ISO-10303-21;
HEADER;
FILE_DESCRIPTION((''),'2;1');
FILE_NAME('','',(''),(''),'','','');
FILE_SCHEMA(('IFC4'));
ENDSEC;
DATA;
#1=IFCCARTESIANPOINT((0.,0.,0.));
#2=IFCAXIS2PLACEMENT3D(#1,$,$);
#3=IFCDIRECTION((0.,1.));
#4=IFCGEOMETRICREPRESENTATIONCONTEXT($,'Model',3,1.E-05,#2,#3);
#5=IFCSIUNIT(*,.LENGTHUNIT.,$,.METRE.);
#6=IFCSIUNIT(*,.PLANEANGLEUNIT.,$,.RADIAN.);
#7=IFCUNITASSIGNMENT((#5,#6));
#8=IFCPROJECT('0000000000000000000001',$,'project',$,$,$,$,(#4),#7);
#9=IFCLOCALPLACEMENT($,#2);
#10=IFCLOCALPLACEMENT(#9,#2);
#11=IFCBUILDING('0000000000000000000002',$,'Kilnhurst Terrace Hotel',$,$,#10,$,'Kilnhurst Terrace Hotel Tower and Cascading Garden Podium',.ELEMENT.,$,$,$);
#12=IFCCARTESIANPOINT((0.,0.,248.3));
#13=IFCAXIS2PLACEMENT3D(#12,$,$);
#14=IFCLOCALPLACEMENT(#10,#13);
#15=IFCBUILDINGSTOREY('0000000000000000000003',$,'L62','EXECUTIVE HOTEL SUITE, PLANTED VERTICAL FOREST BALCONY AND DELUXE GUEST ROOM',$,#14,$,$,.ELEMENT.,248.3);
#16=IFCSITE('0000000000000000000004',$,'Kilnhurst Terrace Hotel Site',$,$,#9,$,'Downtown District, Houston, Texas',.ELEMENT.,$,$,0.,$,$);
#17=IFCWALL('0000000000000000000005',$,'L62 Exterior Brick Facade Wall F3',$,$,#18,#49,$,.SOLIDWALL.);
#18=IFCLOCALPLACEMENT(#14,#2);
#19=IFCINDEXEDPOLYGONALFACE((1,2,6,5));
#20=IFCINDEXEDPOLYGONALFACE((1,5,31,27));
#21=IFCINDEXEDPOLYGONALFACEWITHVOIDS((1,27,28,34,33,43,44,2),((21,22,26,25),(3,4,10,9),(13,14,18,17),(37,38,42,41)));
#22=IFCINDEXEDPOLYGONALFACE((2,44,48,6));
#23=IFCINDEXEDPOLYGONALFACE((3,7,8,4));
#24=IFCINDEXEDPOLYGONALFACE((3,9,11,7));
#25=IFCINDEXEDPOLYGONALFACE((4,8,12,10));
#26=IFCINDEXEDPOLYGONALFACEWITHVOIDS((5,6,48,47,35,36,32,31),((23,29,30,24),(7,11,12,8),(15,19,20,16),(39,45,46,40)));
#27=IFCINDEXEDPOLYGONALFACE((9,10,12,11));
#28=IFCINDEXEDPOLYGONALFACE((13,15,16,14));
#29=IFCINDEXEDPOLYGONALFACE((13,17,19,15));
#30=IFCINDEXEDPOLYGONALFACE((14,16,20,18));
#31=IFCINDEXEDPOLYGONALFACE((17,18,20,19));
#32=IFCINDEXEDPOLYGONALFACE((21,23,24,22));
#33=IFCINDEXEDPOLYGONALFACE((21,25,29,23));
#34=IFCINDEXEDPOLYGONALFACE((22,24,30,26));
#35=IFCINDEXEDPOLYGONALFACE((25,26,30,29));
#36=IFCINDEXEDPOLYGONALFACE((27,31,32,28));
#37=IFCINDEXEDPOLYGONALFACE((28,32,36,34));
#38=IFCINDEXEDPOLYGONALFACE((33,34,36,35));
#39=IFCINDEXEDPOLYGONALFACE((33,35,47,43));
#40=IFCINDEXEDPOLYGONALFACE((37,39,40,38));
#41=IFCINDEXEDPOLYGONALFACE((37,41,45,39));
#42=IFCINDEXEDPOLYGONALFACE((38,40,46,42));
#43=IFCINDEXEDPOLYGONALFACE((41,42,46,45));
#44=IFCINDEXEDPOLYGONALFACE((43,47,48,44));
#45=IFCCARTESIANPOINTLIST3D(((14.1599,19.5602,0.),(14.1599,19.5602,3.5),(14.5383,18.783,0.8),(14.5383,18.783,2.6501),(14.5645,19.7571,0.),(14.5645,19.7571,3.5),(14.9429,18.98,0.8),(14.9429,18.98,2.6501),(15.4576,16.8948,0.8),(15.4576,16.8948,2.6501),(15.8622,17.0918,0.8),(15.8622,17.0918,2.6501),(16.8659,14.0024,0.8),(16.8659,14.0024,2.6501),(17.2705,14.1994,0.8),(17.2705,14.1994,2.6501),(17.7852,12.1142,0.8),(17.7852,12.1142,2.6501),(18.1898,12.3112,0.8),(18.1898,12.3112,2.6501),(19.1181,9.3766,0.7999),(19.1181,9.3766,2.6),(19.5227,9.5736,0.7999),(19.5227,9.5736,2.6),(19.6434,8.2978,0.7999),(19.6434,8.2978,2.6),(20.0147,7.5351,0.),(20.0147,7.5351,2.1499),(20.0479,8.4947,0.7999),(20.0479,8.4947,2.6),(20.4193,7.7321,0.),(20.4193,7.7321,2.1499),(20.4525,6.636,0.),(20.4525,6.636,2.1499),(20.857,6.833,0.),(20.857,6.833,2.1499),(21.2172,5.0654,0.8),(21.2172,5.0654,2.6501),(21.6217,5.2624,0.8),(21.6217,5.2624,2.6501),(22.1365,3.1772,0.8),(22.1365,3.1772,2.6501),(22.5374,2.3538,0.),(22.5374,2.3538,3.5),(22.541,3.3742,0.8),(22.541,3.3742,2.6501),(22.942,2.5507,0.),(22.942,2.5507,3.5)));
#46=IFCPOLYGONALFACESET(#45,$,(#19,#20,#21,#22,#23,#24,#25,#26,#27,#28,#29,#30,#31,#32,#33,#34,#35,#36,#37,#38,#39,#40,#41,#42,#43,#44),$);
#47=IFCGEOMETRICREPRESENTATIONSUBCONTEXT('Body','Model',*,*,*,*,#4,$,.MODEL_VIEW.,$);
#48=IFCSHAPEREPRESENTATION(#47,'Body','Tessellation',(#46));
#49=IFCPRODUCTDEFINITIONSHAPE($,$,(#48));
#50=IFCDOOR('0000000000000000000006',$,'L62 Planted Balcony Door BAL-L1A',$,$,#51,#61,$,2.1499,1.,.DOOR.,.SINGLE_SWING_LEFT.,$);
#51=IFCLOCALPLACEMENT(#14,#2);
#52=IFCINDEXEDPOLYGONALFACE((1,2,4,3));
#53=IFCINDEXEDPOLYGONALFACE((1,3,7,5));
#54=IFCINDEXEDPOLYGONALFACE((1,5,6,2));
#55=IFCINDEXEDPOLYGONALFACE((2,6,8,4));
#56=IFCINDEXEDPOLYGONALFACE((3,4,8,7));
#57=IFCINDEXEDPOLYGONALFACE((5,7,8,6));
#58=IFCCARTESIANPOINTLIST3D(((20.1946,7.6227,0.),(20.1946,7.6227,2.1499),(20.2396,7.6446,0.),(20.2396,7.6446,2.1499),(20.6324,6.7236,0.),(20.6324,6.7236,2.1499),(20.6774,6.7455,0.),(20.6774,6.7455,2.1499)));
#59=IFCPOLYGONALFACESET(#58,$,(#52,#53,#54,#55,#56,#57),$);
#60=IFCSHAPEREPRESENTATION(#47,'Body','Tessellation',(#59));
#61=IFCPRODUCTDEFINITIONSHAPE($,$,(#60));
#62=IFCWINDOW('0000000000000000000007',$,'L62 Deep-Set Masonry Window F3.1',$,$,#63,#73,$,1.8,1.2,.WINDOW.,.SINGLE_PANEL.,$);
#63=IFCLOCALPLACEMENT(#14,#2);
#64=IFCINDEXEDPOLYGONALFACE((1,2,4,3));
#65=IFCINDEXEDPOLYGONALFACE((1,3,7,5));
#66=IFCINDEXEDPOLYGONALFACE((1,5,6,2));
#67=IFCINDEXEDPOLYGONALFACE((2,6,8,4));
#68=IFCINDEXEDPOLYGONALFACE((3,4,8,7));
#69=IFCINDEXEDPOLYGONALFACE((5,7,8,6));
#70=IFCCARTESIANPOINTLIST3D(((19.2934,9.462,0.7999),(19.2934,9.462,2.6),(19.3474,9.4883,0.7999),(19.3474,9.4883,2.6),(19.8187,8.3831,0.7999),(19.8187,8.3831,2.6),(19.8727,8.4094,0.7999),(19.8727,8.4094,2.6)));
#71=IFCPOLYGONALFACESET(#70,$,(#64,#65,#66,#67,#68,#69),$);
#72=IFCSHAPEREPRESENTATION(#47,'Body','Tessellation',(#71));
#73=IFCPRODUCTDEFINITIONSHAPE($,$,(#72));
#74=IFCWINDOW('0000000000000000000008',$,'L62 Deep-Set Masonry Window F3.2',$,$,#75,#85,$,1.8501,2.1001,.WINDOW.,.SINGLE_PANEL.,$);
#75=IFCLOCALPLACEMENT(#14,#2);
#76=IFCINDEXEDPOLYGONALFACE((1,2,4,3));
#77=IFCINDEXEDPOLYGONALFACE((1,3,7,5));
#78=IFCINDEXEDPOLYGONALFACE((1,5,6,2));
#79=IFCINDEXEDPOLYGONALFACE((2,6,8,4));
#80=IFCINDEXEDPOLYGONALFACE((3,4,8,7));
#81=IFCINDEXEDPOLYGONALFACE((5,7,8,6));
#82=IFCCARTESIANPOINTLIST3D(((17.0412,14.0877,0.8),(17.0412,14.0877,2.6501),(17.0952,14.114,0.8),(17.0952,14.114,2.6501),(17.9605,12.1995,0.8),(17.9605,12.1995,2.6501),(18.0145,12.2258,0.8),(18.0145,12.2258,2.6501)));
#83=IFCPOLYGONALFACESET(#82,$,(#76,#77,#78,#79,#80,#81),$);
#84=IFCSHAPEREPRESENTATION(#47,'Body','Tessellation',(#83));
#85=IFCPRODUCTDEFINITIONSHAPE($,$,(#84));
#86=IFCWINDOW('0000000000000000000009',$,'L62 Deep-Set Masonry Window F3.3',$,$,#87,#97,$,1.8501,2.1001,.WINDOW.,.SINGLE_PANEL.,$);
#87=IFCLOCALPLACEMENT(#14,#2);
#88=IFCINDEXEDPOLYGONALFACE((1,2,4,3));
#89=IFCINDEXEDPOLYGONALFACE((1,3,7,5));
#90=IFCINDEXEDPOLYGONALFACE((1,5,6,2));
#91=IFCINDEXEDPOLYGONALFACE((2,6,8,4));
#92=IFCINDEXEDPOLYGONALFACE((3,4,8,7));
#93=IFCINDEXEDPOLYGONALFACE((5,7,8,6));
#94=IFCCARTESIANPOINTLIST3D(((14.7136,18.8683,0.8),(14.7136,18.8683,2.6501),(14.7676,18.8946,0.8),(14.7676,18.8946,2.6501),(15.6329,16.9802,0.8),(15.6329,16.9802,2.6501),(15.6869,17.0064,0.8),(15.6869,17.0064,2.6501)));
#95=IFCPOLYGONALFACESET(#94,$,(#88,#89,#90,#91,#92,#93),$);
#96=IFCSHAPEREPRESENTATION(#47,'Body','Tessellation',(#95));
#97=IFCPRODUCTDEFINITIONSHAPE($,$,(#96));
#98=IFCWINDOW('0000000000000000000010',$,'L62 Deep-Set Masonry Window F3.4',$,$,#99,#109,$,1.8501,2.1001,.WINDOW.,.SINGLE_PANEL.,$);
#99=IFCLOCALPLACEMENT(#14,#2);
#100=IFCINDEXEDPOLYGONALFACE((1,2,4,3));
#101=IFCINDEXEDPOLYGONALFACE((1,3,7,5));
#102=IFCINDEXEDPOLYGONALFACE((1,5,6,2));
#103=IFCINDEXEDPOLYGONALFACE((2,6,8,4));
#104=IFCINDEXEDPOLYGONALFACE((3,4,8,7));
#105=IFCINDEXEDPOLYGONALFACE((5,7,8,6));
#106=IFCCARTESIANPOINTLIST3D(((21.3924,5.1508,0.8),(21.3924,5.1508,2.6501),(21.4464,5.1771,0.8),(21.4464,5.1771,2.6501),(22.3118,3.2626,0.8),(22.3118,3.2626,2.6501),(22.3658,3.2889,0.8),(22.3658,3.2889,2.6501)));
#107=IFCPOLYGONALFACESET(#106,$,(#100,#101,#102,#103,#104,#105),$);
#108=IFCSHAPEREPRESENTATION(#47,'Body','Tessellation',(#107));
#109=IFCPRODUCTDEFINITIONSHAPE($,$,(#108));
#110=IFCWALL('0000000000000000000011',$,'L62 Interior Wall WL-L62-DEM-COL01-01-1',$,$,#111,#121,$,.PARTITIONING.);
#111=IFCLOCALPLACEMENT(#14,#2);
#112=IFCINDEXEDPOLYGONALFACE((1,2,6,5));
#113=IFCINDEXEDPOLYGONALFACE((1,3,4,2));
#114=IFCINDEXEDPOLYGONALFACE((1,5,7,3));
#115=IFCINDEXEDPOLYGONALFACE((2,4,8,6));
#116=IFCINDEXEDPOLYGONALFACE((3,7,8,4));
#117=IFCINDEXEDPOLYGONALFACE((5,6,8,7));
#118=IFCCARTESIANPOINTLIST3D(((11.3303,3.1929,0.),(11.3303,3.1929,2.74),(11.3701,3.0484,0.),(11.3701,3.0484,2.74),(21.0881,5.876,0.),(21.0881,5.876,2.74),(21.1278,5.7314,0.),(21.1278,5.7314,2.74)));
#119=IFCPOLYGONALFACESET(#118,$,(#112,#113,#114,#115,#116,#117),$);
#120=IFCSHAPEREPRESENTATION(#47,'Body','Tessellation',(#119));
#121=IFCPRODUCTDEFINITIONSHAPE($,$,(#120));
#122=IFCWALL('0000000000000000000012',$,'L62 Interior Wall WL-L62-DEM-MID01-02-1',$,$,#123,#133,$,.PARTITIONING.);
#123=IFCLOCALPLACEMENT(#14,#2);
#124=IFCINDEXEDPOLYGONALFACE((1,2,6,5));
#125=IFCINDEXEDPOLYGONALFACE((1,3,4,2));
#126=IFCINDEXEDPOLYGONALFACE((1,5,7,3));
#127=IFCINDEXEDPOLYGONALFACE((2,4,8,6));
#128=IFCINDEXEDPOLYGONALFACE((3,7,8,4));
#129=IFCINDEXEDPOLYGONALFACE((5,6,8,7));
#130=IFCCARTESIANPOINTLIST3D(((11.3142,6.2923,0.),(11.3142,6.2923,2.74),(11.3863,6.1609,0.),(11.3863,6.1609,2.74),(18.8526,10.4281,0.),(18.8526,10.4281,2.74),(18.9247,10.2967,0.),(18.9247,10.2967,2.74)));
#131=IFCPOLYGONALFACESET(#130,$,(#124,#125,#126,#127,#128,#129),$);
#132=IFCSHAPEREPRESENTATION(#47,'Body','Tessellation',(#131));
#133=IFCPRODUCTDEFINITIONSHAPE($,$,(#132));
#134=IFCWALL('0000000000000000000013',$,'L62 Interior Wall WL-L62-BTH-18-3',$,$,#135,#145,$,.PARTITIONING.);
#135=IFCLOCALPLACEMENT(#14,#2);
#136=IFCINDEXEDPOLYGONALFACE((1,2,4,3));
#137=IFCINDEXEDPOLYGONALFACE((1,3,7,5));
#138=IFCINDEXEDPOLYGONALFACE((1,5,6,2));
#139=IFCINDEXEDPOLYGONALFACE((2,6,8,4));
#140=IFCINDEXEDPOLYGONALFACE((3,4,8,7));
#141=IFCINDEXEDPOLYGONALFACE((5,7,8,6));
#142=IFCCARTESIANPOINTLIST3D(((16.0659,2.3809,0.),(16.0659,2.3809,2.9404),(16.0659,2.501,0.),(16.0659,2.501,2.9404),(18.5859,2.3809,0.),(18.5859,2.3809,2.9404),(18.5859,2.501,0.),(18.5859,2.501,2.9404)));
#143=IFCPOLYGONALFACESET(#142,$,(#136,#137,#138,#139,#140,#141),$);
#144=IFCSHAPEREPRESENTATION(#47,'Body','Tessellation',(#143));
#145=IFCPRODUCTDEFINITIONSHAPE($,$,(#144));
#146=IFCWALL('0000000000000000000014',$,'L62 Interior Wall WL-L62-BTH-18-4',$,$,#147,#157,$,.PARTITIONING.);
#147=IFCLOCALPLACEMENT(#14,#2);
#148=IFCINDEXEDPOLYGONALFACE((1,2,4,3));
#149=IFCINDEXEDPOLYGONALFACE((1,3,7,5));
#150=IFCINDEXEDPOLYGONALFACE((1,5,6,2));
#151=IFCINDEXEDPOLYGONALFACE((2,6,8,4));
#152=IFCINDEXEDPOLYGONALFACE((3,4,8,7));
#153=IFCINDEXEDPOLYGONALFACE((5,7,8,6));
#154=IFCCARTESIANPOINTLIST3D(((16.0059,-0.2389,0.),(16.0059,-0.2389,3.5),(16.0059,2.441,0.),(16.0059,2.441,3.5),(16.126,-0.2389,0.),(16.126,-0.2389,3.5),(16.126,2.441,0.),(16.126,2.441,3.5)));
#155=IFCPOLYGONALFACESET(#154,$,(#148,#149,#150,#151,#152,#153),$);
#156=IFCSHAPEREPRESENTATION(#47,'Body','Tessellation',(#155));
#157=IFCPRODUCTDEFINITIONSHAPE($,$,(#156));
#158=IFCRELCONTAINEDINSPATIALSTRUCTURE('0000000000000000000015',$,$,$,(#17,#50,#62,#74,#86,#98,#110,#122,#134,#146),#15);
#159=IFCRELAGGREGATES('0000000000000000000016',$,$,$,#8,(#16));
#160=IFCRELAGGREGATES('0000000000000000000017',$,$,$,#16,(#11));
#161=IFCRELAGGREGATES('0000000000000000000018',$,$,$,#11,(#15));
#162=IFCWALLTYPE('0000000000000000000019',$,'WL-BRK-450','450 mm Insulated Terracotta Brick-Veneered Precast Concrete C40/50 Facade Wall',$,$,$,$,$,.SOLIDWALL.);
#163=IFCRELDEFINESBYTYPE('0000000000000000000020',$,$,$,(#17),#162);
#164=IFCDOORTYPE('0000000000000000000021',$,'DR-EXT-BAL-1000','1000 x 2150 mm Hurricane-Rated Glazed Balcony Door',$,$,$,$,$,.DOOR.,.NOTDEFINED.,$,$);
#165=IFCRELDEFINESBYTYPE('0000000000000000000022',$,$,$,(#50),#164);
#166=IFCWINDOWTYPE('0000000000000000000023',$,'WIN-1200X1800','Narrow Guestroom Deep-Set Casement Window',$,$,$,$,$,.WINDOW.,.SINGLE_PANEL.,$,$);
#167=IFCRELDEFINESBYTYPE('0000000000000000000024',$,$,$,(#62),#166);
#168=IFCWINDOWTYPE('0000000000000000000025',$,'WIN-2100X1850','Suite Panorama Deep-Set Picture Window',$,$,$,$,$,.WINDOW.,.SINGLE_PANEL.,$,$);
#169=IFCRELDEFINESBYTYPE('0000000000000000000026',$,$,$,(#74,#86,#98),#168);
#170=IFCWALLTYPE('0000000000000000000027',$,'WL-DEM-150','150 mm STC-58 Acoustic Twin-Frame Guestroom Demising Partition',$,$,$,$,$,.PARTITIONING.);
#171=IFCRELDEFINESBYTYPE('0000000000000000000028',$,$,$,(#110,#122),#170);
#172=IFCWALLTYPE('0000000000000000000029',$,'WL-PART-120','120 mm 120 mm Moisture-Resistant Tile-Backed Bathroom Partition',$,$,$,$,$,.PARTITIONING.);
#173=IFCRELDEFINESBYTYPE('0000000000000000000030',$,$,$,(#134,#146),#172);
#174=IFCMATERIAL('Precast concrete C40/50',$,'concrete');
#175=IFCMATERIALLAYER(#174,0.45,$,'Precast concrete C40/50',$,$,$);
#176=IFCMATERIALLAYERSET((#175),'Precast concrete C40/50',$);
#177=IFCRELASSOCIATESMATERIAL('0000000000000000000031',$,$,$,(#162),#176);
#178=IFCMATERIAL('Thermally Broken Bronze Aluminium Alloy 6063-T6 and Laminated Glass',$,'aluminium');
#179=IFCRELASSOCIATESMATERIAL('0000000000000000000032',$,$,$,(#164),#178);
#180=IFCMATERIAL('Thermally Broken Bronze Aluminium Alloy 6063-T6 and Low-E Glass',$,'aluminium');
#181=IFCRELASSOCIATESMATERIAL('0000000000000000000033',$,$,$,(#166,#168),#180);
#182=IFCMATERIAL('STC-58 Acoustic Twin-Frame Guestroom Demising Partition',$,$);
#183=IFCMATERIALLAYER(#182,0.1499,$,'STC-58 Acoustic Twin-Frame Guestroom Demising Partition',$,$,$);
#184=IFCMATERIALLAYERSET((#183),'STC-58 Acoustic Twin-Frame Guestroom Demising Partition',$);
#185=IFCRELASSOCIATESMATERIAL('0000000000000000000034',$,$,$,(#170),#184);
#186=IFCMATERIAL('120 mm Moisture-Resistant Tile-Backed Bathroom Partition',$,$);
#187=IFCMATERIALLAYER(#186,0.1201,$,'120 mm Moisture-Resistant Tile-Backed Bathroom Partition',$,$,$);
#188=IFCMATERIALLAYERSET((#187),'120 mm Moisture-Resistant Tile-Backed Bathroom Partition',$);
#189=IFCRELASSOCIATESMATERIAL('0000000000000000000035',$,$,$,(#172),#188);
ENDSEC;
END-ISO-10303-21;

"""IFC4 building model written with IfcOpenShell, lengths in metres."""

from ifc_helpers import new_model, si_unit, direction, frame, frame_2d, origin, place, context, subcontext, project, spatial, rectangle, extrude, material, layer, layer_set, type_object, element, fill, save


model = new_model("IFC4")

# Units and contexts
model_context = context("Model", 3, precision=1e-05, world=origin(), true_north=direction((0.0, 1.0)))
body_context = subcontext(model_context, "Body", "Model", "MODEL_VIEW")
ifc_project = project(units=[si_unit("LENGTHUNIT", "METRE"), si_unit("PLANEANGLEUNIT", "RADIAN")], contexts=[model_context])

# Site, building, storey
site_placement = place(None, origin())
site = spatial("IfcSite", under=ifc_project, at=site_placement, Name="Kilnhurst Terrace Hotel Site", LongName="Downtown District, Houston, Texas", CompositionType="ELEMENT", RefElevation=0.0)
building_placement = place(site_placement, origin())
building = spatial("IfcBuilding", under=site, at=building_placement, Name="Kilnhurst Terrace Hotel", LongName="Kilnhurst Terrace Hotel Tower and Cascading Garden Podium", CompositionType="ELEMENT")
storey_placement = place(building_placement, frame((0.0, 0.0, 248.3)))
storey = spatial("IfcBuildingStorey", under=building, at=storey_placement, Name="L62", Description="EXECUTIVE HOTEL SUITE, PLANTED VERTICAL FOREST BALCONY AND DELUXE GUEST ROOM", CompositionType="ELEMENT", Elevation=248.3)

# Shared definitions
ifc_material_1 = material(Name="Precast concrete C40/50", Category="concrete")
ifc_layer_1 = layer(ifc_material_1, 0.45, Name="Precast concrete C40/50")
ifc_layer_set_1 = layer_set([ifc_layer_1], Name="Precast concrete C40/50")
wall_type_1 = type_object("IfcWallType", Name="WL-BRK-450", Description="450 mm Insulated Terracotta Brick-Veneered Precast Concrete C40/50 Facade Wall", PredefinedType="SOLIDWALL", material=ifc_layer_set_1)

# Wall, openings, door, windows
wall_1_placement = place(storey_placement, frame((22.7397, 2.4521, 0.0), z_axis=(0.0, 0.0, 1.0), x_axis=(-0.437753, 0.899095, 0.0)))
wall_1 = element("IfcWall", 1, at=wall_1_placement, inside=storey, type_object=wall_type_1, Name="L62 Exterior Brick Facade Wall F3", PredefinedType="SOLIDWALL", context=body_context, shape_type="SweptSolid", body=[
    extrude(rectangle(XDim=19.1375, YDim=0.45, at=frame_2d((9.5688, 0.0))), origin(), (0.0, 0.0, 1.0), 3.5),
])
opening_1_placement = place(wall_1_placement, frame((4.7629, 0.0, 0.0)))
opening_1 = element("IfcOpeningElement", 2, at=opening_1_placement, cuts=wall_1, PredefinedType="OPENING", context=body_context, shape_type="SweptSolid", body=[
    extrude(rectangle(XDim=1.0, YDim=2.1499, at=frame_2d((0.5, 1.075))), frame((0.0, 0.2349, 0.0), z_axis=(0.0, -1.0, 0.0), x_axis=(1.0, 0.0, 0.0)), (0.0, 0.0, 1.0), 0.47),
])
opening_2_placement = place(wall_1_placement, frame((6.6111, 0.0, 0.8)))
opening_2 = element("IfcOpeningElement", 3, at=opening_2_placement, cuts=wall_1, PredefinedType="OPENING", context=body_context, shape_type="SweptSolid", body=[
    extrude(rectangle(XDim=1.2, YDim=1.8, at=frame_2d((0.6001, 0.8999))), frame((0.0, 0.2349, 0.0), z_axis=(0.0, -1.0, 0.0), x_axis=(1.0, 0.0, 0.0)), (0.0, 0.0, 1.0), 0.47),
])
opening_3_placement = place(wall_1_placement, frame((10.856, 0.0, 0.8)))
opening_3 = element("IfcOpeningElement", 4, at=opening_3_placement, cuts=wall_1, PredefinedType="OPENING", context=body_context, shape_type="SweptSolid", body=[
    extrude(rectangle(XDim=2.1001, YDim=1.8501, at=frame_2d((1.05, 0.925))), frame((0.0, 0.2349, 0.0), z_axis=(0.0, -1.0, 0.0), x_axis=(1.0, 0.0, 0.0)), (0.0, 0.0, 1.0), 0.47),
])
opening_4_placement = place(wall_1_placement, frame((16.1731, 0.0, 0.8)))
opening_4 = element("IfcOpeningElement", 5, at=opening_4_placement, cuts=wall_1, PredefinedType="OPENING", context=body_context, shape_type="SweptSolid", body=[
    extrude(rectangle(XDim=2.1001, YDim=1.8501, at=frame_2d((1.05, 0.925))), frame((0.0, 0.2349, 0.0), z_axis=(0.0, -1.0, 0.0), x_axis=(1.0, 0.0, 0.0)), (0.0, 0.0, 1.0), 0.47),
])
opening_5_placement = place(wall_1_placement, frame((0.916, 0.0, 0.8)))
opening_5 = element("IfcOpeningElement", 6, at=opening_5_placement, cuts=wall_1, PredefinedType="OPENING", context=body_context, shape_type="SweptSolid", body=[
    extrude(rectangle(XDim=2.1001, YDim=1.8501, at=frame_2d((1.05, 0.925))), frame((0.0, 0.2349, 0.0), z_axis=(0.0, -1.0, 0.0), x_axis=(1.0, 0.0, 0.0)), (0.0, 0.0, 1.0), 0.47),
])
ifc_material_2 = material(Name="Thermally Broken Bronze Aluminium Alloy 6063-T6 and Laminated Glass", Category="aluminium")
door_type = type_object("IfcDoorType", Name="DR-EXT-BAL-1000", Description="1000 x 2150 mm Hurricane-Rated Glazed Balcony Door", OperationType="NOTDEFINED", PredefinedType="DOOR", material=ifc_material_2)
door_placement = place(opening_1_placement, origin())
door = element("IfcDoor", 7, at=door_placement, inside=storey, type_object=door_type, Name="L62 Planted Balcony Door BAL-L1A", OperationType="SINGLE_SWING_LEFT", OverallHeight=2.1499, OverallWidth=1.0, PredefinedType="DOOR", context=body_context, shape_type="SweptSolid", body=[
    extrude(rectangle(XDim=1.0, YDim=2.1499, at=frame_2d((0.5, 1.075))), frame((0.0, 0.0249, 0.0), z_axis=(0.0, -1.0, 0.0), x_axis=(1.0, 0.0, 0.0)), (0.0, 0.0, 1.0), 0.05),
])
fill(opening_1, door)
ifc_material_3 = material(Name="Thermally Broken Bronze Aluminium Alloy 6063-T6 and Low-E Glass", Category="aluminium")
window_type_1 = type_object("IfcWindowType", Name="WIN-1200X1800", Description="Narrow Guestroom Deep-Set Casement Window", PartitioningType="SINGLE_PANEL", PredefinedType="WINDOW", material=ifc_material_3)
window_1_placement = place(opening_2_placement, origin())
window_1 = element("IfcWindow", 8, at=window_1_placement, inside=storey, type_object=window_type_1, Name="L62 Deep-Set Masonry Window F3.1", OverallHeight=1.8, OverallWidth=1.2, PartitioningType="SINGLE_PANEL", PredefinedType="WINDOW", context=body_context, shape_type="SweptSolid", body=[
    extrude(rectangle(XDim=1.2, YDim=1.8, at=frame_2d((0.6001, 0.8999))), frame((0.0, 0.03, 0.0), z_axis=(0.0, -1.0, 0.0), x_axis=(1.0, 0.0, 0.0)), (0.0, 0.0, 1.0), 0.0601),
])
fill(opening_2, window_1)
window_type_2 = type_object("IfcWindowType", Name="WIN-2100X1850", Description="Suite Panorama Deep-Set Picture Window", PartitioningType="SINGLE_PANEL", PredefinedType="WINDOW", material=ifc_material_3)
window_2_placement = place(opening_3_placement, origin())
window_2 = element("IfcWindow", 9, at=window_2_placement, inside=storey, type_object=window_type_2, Name="L62 Deep-Set Masonry Window F3.2", OverallHeight=1.8501, OverallWidth=2.1001, PartitioningType="SINGLE_PANEL", PredefinedType="WINDOW", context=body_context, shape_type="SweptSolid", body=[
    extrude(rectangle(XDim=2.1001, YDim=1.8501, at=frame_2d((1.05, 0.925))), frame((0.0, 0.03, 0.0), z_axis=(0.0, -1.0, 0.0), x_axis=(1.0, 0.0, 0.0)), (0.0, 0.0, 1.0), 0.0601),
])
fill(opening_3, window_2)
window_3_placement = place(opening_4_placement, origin())
window_3 = element("IfcWindow", 10, at=window_3_placement, inside=storey, type_object=window_type_2, Name="L62 Deep-Set Masonry Window F3.3", OverallHeight=1.8501, OverallWidth=2.1001, PartitioningType="SINGLE_PANEL", PredefinedType="WINDOW", context=body_context, shape_type="SweptSolid", body=[
    extrude(rectangle(XDim=2.1001, YDim=1.8501, at=frame_2d((1.05, 0.925))), frame((0.0, 0.03, 0.0), z_axis=(0.0, -1.0, 0.0), x_axis=(1.0, 0.0, 0.0)), (0.0, 0.0, 1.0), 0.0601),
])
fill(opening_4, window_3)
window_4_placement = place(opening_5_placement, origin())
window_4 = element("IfcWindow", 11, at=window_4_placement, inside=storey, type_object=window_type_2, Name="L62 Deep-Set Masonry Window F3.4", OverallHeight=1.8501, OverallWidth=2.1001, PartitioningType="SINGLE_PANEL", PredefinedType="WINDOW", context=body_context, shape_type="SweptSolid", body=[
    extrude(rectangle(XDim=2.1001, YDim=1.8501, at=frame_2d((1.05, 0.925))), frame((0.0, 0.03, 0.0), z_axis=(0.0, -1.0, 0.0), x_axis=(1.0, 0.0, 0.0)), (0.0, 0.0, 1.0), 0.0601),
])
fill(opening_5, window_4)

# Walls
ifc_material_4 = material(Name="STC-58 Acoustic Twin-Frame Guestroom Demising Partition")
ifc_layer_2 = layer(ifc_material_4, 0.1499, Name="STC-58 Acoustic Twin-Frame Guestroom Demising Partition")
ifc_layer_set_2 = layer_set([ifc_layer_2], Name="STC-58 Acoustic Twin-Frame Guestroom Demising Partition")
wall_type_2 = type_object("IfcWallType", Name="WL-DEM-150", Description="150 mm STC-58 Acoustic Twin-Frame Guestroom Demising Partition", PredefinedType="PARTITIONING", material=ifc_layer_set_2)
wall_2_placement = place(storey_placement, frame((11.3501, 3.1206, 0.0), z_axis=(0.0, 0.0, 1.0), x_axis=(0.964213, 0.26513, 0.0)))
element("IfcWall", 12, at=wall_2_placement, inside=storey, type_object=wall_type_2, Name="L62 Interior Wall WL-L62-DEM-COL01-01-1", PredefinedType="PARTITIONING", context=body_context, shape_type="SweptSolid", body=[
    extrude(rectangle(XDim=10.1199, YDim=0.1499, at=frame_2d((5.0601, 0.0))), origin(), (0.0, 0.0, 1.0), 2.74),
])
wall_3_placement = place(storey_placement, frame((11.3501, 6.2266, 0.0), z_axis=(0.0, 0.0, 1.0), x_axis=(0.876723, 0.480995, 0.0)))
element("IfcWall", 13, at=wall_3_placement, inside=storey, type_object=wall_type_2, Name="L62 Interior Wall WL-L62-DEM-MID01-02-1", PredefinedType="PARTITIONING", context=body_context, shape_type="SweptSolid", body=[
    extrude(rectangle(XDim=8.5984, YDim=0.1499, at=frame_2d((4.2993, 0.0))), origin(), (0.0, 0.0, 1.0), 2.74),
])
ifc_material_5 = material(Name="120 mm Moisture-Resistant Tile-Backed Bathroom Partition")
ifc_layer_3 = layer(ifc_material_5, 0.1201, Name="120 mm Moisture-Resistant Tile-Backed Bathroom Partition")
ifc_layer_set_3 = layer_set([ifc_layer_3], Name="120 mm Moisture-Resistant Tile-Backed Bathroom Partition")
wall_type_3 = type_object("IfcWallType", Name="WL-PART-120", Description="120 mm 120 mm Moisture-Resistant Tile-Backed Bathroom Partition", PredefinedType="PARTITIONING", material=ifc_layer_set_3)
wall_4_placement = place(storey_placement, frame((18.5859, 2.4409, 0.0), z_axis=(0.0, 0.0, 1.0), x_axis=(-1.0, 0.0, 0.0)))
element("IfcWall", 14, at=wall_4_placement, inside=storey, type_object=wall_type_3, Name="L62 Interior Wall WL-L62-BTH-18-3", PredefinedType="PARTITIONING", context=body_context, shape_type="SweptSolid", body=[
    extrude(rectangle(XDim=2.52, YDim=0.1201, at=frame_2d((1.26, 0.0))), origin(), (0.0, 0.0, 1.0), 2.9404),
])
wall_5_placement = place(storey_placement, frame((16.0659, 2.4409, 0.0), z_axis=(0.0, 0.0, 1.0), x_axis=(0.0, -1.0, 0.0)))
element("IfcWall", 15, at=wall_5_placement, inside=storey, type_object=wall_type_3, Name="L62 Interior Wall WL-L62-BTH-18-4", PredefinedType="PARTITIONING", context=body_context, shape_type="SweptSolid", body=[
    extrude(rectangle(XDim=2.6799, YDim=0.1201, at=frame_2d((1.3398, 0.0))), origin(), (0.0, 0.0, 1.0), 3.5),
])

save(model, "model.ifc")
